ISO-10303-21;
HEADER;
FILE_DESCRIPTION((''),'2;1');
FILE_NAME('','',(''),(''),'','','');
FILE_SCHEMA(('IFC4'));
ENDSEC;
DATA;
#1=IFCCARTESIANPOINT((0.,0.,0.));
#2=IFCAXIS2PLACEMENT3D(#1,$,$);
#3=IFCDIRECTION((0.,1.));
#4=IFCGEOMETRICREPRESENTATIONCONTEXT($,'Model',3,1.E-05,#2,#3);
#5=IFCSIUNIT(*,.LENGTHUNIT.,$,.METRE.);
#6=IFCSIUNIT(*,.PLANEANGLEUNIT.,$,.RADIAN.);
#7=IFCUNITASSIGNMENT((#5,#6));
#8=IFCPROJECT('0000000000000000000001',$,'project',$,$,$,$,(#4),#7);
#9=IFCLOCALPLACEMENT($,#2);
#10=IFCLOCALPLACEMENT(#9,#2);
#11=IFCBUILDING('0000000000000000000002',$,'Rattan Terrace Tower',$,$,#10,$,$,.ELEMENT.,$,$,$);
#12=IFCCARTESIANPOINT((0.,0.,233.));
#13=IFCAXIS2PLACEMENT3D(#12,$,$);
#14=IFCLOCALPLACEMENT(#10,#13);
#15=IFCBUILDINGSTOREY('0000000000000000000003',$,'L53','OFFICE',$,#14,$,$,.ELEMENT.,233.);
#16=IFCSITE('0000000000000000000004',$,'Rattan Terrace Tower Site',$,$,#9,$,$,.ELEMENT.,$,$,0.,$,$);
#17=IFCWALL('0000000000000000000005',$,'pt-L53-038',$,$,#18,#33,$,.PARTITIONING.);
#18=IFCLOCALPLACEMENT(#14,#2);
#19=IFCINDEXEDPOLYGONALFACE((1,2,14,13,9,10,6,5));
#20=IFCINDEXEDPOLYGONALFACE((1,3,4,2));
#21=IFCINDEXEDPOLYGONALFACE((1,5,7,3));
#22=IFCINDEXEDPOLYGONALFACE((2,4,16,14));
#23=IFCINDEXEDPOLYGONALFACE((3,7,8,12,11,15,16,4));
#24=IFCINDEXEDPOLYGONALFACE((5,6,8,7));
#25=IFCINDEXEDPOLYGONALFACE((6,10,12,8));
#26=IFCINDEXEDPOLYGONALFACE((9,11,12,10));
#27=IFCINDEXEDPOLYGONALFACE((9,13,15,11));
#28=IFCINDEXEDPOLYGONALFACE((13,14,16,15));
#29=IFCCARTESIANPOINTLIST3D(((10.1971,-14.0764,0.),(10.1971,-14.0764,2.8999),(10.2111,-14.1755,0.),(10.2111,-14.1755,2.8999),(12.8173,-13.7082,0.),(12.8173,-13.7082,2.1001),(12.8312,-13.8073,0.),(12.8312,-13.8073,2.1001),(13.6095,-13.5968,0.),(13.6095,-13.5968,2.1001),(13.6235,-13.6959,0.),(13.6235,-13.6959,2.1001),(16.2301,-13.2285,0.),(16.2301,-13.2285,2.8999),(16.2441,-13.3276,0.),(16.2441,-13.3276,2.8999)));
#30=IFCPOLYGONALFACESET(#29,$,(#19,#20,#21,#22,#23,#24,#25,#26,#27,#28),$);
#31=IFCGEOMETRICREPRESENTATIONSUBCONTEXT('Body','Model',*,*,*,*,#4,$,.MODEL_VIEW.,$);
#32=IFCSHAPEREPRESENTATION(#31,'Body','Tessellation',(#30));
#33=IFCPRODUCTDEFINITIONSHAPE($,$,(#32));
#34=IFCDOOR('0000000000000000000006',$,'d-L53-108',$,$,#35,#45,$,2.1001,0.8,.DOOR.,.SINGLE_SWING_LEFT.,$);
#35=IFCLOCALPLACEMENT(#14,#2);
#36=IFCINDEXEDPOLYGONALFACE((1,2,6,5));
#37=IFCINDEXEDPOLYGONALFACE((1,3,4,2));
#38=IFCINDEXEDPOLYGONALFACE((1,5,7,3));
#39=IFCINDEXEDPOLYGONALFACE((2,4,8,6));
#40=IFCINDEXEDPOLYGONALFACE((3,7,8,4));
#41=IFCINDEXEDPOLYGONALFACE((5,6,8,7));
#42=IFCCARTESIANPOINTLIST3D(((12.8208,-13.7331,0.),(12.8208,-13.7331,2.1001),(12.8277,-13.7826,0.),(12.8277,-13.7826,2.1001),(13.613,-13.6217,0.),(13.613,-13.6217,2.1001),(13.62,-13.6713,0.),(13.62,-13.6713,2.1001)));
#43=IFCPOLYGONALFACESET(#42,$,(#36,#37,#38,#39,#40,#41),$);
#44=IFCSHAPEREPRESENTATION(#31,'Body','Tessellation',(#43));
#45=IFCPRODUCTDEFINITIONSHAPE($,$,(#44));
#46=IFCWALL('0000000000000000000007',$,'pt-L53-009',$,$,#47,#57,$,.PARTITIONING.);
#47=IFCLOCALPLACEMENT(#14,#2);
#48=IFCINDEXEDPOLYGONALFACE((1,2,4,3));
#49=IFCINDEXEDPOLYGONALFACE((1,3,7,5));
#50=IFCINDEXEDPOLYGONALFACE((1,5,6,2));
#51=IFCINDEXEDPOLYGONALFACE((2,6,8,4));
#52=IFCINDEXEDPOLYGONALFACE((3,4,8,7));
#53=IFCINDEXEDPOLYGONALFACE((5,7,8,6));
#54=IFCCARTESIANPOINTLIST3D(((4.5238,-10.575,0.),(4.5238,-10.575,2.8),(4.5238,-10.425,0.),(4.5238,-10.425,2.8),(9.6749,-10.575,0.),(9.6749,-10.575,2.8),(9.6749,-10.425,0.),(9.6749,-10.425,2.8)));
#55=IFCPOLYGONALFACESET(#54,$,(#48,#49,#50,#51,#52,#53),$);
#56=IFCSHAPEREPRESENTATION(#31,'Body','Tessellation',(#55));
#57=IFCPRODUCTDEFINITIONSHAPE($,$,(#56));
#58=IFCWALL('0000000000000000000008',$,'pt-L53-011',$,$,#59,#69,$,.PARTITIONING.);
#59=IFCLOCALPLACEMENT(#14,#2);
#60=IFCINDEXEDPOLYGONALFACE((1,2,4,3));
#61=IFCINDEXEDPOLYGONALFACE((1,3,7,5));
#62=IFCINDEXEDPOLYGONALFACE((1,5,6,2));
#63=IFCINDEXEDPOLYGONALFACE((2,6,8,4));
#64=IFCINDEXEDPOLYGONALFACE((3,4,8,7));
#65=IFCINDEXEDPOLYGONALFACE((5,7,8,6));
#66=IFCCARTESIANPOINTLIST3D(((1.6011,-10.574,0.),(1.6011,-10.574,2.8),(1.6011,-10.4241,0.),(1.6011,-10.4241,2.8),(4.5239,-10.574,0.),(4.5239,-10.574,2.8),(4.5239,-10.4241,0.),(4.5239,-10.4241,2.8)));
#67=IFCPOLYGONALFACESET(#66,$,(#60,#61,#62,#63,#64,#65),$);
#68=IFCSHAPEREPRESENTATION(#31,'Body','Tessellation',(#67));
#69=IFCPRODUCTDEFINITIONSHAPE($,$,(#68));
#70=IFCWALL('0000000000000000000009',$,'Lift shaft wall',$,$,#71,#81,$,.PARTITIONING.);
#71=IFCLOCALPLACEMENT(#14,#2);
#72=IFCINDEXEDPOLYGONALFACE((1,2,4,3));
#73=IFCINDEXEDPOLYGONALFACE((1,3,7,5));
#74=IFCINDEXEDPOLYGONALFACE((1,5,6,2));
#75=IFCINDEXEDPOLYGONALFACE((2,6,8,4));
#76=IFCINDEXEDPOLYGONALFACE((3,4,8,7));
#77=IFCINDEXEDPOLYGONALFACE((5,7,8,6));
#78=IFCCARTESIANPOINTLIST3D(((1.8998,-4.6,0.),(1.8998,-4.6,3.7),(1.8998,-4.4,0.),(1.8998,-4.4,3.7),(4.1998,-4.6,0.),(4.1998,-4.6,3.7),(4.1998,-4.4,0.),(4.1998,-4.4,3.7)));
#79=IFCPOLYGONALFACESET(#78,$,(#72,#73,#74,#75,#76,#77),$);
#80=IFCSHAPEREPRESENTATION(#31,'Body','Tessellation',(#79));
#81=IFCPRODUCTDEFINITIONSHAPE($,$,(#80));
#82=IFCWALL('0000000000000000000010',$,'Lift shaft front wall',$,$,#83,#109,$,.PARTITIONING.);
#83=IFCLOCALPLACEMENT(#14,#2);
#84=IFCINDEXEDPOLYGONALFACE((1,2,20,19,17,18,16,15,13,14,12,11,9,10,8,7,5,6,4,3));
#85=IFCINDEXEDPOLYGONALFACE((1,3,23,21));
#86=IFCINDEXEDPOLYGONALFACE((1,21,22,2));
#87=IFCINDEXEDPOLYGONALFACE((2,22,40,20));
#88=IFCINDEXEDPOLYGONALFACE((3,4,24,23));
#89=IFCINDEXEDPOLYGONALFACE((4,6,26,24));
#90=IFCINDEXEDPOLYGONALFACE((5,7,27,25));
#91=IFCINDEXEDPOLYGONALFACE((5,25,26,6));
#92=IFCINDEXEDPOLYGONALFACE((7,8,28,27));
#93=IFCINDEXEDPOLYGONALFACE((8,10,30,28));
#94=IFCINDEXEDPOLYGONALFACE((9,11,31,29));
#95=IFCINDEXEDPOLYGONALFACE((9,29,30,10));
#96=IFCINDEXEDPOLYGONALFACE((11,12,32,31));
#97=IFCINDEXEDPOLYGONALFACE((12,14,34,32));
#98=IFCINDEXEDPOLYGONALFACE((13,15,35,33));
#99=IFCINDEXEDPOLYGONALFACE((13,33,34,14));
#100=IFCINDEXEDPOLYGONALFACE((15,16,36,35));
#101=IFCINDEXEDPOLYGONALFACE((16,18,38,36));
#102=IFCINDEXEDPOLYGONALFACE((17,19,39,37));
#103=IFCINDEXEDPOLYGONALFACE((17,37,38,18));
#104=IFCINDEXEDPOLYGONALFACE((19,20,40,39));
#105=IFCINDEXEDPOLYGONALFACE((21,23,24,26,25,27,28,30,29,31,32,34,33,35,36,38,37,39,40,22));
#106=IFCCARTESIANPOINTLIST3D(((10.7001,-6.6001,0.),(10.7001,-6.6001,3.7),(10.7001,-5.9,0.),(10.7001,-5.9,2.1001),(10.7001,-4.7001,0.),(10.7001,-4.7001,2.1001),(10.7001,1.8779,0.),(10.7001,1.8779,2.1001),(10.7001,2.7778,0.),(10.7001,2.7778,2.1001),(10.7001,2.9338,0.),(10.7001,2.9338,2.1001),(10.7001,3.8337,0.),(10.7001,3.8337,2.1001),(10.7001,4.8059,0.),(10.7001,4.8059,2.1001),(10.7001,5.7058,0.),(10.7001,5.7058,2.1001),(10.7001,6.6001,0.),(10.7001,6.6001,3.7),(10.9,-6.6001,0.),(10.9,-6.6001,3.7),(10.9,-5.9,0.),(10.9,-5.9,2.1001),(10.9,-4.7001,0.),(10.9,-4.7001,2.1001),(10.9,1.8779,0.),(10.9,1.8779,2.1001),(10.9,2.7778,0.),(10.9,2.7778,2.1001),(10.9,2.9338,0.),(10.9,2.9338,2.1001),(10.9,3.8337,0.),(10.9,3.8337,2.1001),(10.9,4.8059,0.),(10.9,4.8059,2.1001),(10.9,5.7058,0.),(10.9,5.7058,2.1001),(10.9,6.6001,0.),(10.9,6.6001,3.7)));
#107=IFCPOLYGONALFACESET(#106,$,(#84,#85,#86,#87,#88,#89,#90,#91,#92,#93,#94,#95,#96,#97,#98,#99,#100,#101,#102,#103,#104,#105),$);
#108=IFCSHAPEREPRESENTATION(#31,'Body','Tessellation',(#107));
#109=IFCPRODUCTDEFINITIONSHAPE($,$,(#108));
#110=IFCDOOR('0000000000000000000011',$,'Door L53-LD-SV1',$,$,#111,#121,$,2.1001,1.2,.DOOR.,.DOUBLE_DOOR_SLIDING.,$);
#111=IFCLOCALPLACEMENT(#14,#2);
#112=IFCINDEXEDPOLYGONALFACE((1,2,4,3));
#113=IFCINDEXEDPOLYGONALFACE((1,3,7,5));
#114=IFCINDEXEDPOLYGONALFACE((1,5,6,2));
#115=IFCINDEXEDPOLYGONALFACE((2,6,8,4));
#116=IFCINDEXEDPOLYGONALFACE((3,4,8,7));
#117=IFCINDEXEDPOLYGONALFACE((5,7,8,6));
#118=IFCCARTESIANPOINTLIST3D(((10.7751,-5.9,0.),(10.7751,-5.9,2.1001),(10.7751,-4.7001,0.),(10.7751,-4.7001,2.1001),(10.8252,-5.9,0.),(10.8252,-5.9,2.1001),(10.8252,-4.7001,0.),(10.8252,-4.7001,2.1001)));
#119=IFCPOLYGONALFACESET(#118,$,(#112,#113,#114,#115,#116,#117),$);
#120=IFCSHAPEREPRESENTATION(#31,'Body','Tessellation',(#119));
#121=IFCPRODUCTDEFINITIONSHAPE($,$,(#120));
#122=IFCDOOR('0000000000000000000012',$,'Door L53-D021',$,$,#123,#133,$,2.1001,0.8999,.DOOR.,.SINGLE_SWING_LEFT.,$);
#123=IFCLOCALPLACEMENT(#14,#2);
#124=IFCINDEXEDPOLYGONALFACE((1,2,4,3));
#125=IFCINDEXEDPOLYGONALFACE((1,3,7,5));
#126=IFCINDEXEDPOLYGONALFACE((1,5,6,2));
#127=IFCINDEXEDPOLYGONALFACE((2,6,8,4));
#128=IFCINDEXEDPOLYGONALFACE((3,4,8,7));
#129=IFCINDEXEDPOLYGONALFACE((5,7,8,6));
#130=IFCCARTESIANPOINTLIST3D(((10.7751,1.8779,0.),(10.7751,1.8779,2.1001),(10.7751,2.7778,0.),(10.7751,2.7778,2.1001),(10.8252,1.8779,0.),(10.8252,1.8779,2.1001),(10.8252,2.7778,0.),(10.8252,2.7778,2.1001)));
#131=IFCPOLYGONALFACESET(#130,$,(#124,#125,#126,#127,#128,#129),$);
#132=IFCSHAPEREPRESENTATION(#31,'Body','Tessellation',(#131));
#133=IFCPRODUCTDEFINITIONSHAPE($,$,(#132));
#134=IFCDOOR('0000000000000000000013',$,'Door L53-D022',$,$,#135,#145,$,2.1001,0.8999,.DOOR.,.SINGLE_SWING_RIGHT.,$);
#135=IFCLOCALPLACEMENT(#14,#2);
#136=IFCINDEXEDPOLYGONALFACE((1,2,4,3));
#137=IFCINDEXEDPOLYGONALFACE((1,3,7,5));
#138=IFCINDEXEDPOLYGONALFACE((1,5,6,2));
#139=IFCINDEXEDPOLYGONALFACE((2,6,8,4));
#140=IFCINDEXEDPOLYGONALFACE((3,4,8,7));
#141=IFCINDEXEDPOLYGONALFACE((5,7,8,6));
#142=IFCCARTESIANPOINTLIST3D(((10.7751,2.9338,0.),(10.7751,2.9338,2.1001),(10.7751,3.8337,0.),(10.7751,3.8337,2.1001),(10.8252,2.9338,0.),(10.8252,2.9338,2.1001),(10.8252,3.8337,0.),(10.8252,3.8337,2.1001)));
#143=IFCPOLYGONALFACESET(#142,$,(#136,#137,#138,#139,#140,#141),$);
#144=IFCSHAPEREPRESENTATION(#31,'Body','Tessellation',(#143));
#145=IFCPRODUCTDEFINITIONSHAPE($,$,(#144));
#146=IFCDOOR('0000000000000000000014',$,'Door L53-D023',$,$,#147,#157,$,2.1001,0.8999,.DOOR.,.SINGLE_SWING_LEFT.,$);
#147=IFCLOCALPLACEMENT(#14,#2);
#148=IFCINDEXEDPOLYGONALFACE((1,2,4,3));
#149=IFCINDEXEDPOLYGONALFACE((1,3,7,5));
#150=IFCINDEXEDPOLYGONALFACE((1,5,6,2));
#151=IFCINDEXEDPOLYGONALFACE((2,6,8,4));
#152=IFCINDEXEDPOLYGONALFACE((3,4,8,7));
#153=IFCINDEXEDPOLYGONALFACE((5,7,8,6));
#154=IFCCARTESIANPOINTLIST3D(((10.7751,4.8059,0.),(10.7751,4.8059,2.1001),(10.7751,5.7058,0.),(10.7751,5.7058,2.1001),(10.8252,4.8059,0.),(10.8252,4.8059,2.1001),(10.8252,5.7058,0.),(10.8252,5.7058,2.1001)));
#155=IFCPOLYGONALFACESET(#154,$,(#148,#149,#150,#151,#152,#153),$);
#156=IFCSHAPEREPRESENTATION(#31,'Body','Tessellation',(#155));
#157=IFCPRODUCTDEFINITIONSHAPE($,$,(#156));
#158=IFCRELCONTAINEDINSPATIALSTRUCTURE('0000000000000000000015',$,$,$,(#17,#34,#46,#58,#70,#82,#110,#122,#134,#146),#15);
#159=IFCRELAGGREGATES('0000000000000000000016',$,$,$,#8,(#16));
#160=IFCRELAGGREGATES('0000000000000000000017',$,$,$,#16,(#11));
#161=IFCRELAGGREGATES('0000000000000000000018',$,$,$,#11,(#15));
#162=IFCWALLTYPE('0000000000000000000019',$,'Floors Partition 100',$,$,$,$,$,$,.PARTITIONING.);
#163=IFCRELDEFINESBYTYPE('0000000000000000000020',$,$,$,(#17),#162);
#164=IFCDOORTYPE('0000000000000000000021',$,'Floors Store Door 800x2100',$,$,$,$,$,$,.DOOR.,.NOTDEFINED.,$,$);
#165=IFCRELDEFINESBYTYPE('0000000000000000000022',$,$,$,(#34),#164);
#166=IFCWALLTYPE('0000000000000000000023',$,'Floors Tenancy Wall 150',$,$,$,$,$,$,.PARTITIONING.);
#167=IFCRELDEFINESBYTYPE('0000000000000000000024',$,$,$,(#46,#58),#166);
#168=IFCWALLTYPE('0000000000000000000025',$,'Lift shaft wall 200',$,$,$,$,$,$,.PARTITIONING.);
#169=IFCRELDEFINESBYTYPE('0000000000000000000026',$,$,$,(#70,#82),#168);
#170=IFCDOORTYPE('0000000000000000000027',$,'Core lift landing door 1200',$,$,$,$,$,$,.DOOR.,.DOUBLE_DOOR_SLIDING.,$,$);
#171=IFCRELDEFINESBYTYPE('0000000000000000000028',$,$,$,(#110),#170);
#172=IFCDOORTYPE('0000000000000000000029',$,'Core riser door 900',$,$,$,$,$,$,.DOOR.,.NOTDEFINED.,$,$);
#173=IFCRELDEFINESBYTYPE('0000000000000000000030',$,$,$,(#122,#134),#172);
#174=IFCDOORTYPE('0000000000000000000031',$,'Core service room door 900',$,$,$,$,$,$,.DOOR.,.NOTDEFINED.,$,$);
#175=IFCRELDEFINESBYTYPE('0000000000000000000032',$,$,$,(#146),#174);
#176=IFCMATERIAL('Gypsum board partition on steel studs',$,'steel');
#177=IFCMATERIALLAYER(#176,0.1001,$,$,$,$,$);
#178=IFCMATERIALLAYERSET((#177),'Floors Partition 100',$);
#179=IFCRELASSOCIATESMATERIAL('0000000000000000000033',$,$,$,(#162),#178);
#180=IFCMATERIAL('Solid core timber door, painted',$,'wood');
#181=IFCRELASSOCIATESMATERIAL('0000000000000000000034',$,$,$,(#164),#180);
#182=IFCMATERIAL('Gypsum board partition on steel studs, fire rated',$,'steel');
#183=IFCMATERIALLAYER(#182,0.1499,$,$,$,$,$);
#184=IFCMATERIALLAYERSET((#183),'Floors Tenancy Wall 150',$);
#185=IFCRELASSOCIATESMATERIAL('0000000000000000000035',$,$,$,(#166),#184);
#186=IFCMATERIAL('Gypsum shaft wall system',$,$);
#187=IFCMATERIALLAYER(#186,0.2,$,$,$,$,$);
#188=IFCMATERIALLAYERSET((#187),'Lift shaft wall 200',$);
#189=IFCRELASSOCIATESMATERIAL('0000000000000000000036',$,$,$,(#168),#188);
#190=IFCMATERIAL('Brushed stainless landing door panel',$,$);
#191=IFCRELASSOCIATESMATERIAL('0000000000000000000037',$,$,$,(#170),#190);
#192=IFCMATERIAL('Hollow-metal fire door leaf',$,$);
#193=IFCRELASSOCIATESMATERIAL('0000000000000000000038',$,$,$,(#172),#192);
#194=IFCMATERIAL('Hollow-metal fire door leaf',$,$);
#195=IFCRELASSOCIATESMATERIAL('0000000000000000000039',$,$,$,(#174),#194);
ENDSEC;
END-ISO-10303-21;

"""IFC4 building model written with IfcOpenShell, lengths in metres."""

from ifc_helpers import new_model, si_unit, direction, frame, frame_2d, origin, place, context, subcontext, project, spatial, rectangle, extrude, material, layer, layer_set, type_object, element, fill, save


model = new_model("IFC4")

# Units and contexts
model_context = context("Model", 3, precision=1e-05, world=origin(), true_north=direction((0.0, 1.0)))
body_context = subcontext(model_context, "Body", "Model", "MODEL_VIEW")
ifc_project = project(units=[si_unit("LENGTHUNIT", "METRE"), si_unit("PLANEANGLEUNIT", "RADIAN")], contexts=[model_context])

# Site, building, storey
site_placement = place(None, origin())
site = spatial("IfcSite", under=ifc_project, at=site_placement, Name="Rattan Terrace Tower Site", CompositionType="ELEMENT", RefElevation=0.0)
building_placement = place(site_placement, origin())
building = spatial("IfcBuilding", under=site, at=building_placement, Name="Rattan Terrace Tower", CompositionType="ELEMENT")
storey_placement = place(building_placement, frame((0.0, 0.0, 233.0)))
storey = spatial("IfcBuildingStorey", under=building, at=storey_placement, Name="L53", Description="OFFICE", CompositionType="ELEMENT", Elevation=233.0)

# Shared definitions
ifc_material_1 = material(Name="Gypsum board partition on steel studs", Category="steel")
ifc_layer_1 = layer(ifc_material_1, 0.1001)
ifc_layer_set_1 = layer_set([ifc_layer_1], Name="Floors Partition 100")
wall_type_1 = type_object("IfcWallType", Name="Floors Partition 100", PredefinedType="PARTITIONING", material=ifc_layer_set_1)

# Wall, opening, door
wall_1_placement = place(storey_placement, frame((10.2041, -14.126, 0.0), z_axis=(0.0, 0.0, 1.0), x_axis=(0.990268, 0.139177, 0.0)))
wall_1 = element("IfcWall", 1, at=wall_1_placement, inside=storey, type_object=wall_type_1, Name="pt-L53-038", PredefinedType="PARTITIONING", context=body_context, shape_type="SweptSolid", body=[
    extrude(rectangle(XDim=6.0923, YDim=0.1001, at=frame_2d((3.0461, 0.0))), origin(), (0.0, 0.0, 1.0), 2.8999),
])
opening_1_placement = place(wall_1_placement, frame((2.646, 0.0, 0.0)))
opening_1 = element("IfcOpeningElement", 2, at=opening_1_placement, cuts=wall_1, PredefinedType="OPENING", context=body_context, shape_type="SweptSolid", body=[
    extrude(rectangle(XDim=0.8, YDim=2.1001, at=frame_2d((0.3999, 1.05))), frame((0.0, 0.0605, 0.0), z_axis=(0.0, -1.0, 0.0), x_axis=(1.0, 0.0, 0.0)), (0.0, 0.0, 1.0), 0.1211),
])
ifc_material_2 = material(Name="Solid core timber door, painted", Category="wood")
door_type_1 = type_object("IfcDoorType", Name="Floors Store Door 800x2100", OperationType="NOTDEFINED", PredefinedType="DOOR", material=ifc_material_2)
door_1_placement = place(opening_1_placement, origin())
door_1 = element("IfcDoor", 3, at=door_1_placement, inside=storey, type_object=door_type_1, Name="d-L53-108", OperationType="SINGLE_SWING_LEFT", OverallHeight=2.1001, OverallWidth=0.8, PredefinedType="DOOR", context=body_context, shape_type="SweptSolid", body=[
    extrude(rectangle(XDim=0.8, YDim=2.1001, at=frame_2d((0.3999, 1.05))), frame((0.0, 0.0249, 0.0), z_axis=(0.0, -1.0, 0.0), x_axis=(1.0, 0.0, 0.0)), (0.0, 0.0, 1.0), 0.05),
])
fill(opening_1, door_1)

# Walls
ifc_material_3 = material(Name="Gypsum board partition on steel studs, fire rated", Category="steel")
ifc_layer_2 = layer(ifc_material_3, 0.1499)
ifc_layer_set_2 = layer_set([ifc_layer_2], Name="Floors Tenancy Wall 150")
wall_type_2 = type_object("IfcWallType", Name="Floors Tenancy Wall 150", PredefinedType="PARTITIONING", material=ifc_layer_set_2)
wall_2_placement = place(storey_placement, frame((9.675, -10.5, 0.0), z_axis=(0.0, 0.0, 1.0), x_axis=(-1.0, 0.0, 0.0)))
element("IfcWall", 4, at=wall_2_placement, inside=storey, type_object=wall_type_2, Name="pt-L53-009", PredefinedType="PARTITIONING", context=body_context, shape_type="SweptSolid", body=[
    extrude(rectangle(XDim=5.1511, YDim=0.1499, at=frame_2d((2.5757, 0.0))), origin(), (0.0, 0.0, 1.0), 2.8),
])
wall_3_placement = place(storey_placement, frame((4.5239, -10.499, 0.0), z_axis=(0.0, 0.0, 1.0), x_axis=(-1.0, 0.0, 0.0)))
element("IfcWall", 5, at=wall_3_placement, inside=storey, type_object=wall_type_2, Name="pt-L53-011", PredefinedType="PARTITIONING", context=body_context, shape_type="SweptSolid", body=[
    extrude(rectangle(XDim=2.9229, YDim=0.1499, at=frame_2d((1.4614, 0.0))), origin(), (0.0, 0.0, 1.0), 2.8),
])
ifc_material_4 = material(Name="Gypsum shaft wall system")
ifc_layer_3 = layer(ifc_material_4, 0.2)
ifc_layer_set_3 = layer_set([ifc_layer_3], Name="Lift shaft wall 200")
wall_type_3 = type_object("IfcWallType", Name="Lift shaft wall 200", PredefinedType="PARTITIONING", material=ifc_layer_set_3)
wall_4_placement = place(storey_placement, frame((1.8999, -4.5, 0.0), z_axis=(0.0, 0.0, 1.0), x_axis=(1.0, 0.0, 0.0)))
element("IfcWall", 6, at=wall_4_placement, inside=storey, type_object=wall_type_3, Name="Lift shaft wall", PredefinedType="PARTITIONING", context=body_context, shape_type="SweptSolid", body=[
    extrude(rectangle(XDim=2.3, YDim=0.2, at=frame_2d((1.1499, 0.0))), origin(), (0.0, 0.0, 1.0), 3.7),
])

# Wall, openings, doors
wall_5_placement = place(storey_placement, frame((10.8, -6.6001, 0.0), z_axis=(0.0, 0.0, 1.0), x_axis=(0.0, 1.0, 0.0)))
wall_5 = element("IfcWall", 7, at=wall_5_placement, inside=storey, type_object=wall_type_3, Name="Lift shaft front wall", PredefinedType="PARTITIONING", context=body_context, shape_type="SweptSolid", body=[
    extrude(rectangle(XDim=13.2002, YDim=0.2, at=frame_2d((6.6001, 0.0))), origin(), (0.0, 0.0, 1.0), 3.7),
])
opening_2_placement = place(wall_5_placement, frame((0.7, 0.0, 0.0)))
opening_2 = element("IfcOpeningElement", 8, at=opening_2_placement, cuts=wall_5, PredefinedType="OPENING", context=body_context, shape_type="SweptSolid", body=[
    extrude(rectangle(XDim=1.2, YDim=2.1001, at=frame_2d((0.6001, 1.05))), frame((0.0, 0.1106, 0.0), z_axis=(0.0, -1.0, 0.0), x_axis=(1.0, 0.0, 0.0)), (0.0, 0.0, 1.0), 0.2209),
])
opening_3_placement = place(wall_5_placement, frame((8.478, 0.0, 0.0)))
opening_3 = element("IfcOpeningElement", 9, at=opening_3_placement, cuts=wall_5, PredefinedType="OPENING", context=body_context, shape_type="SweptSolid", body=[
    extrude(rectangle(XDim=0.8999, YDim=2.1001, at=frame_2d((0.45, 1.05))), frame((0.0, 0.1106, 0.0), z_axis=(0.0, -1.0, 0.0), x_axis=(1.0, 0.0, 0.0)), (0.0, 0.0, 1.0), 0.2209),
])
opening_4_placement = place(wall_5_placement, frame((9.5339, 0.0, 0.0)))
opening_4 = element("IfcOpeningElement", 10, at=opening_4_placement, cuts=wall_5, PredefinedType="OPENING", context=body_context, shape_type="SweptSolid", body=[
    extrude(rectangle(XDim=0.8999, YDim=2.1001, at=frame_2d((0.45, 1.05))), frame((0.0, 0.1106, 0.0), z_axis=(0.0, -1.0, 0.0), x_axis=(1.0, 0.0, 0.0)), (0.0, 0.0, 1.0), 0.2209),
])
opening_5_placement = place(wall_5_placement, frame((11.406, 0.0, 0.0)))
opening_5 = element("IfcOpeningElement", 11, at=opening_5_placement, cuts=wall_5, PredefinedType="OPENING", context=body_context, shape_type="SweptSolid", body=[
    extrude(rectangle(XDim=0.8999, YDim=2.1001, at=frame_2d((0.45, 1.05))), frame((0.0, 0.1106, 0.0), z_axis=(0.0, -1.0, 0.0), x_axis=(1.0, 0.0, 0.0)), (0.0, 0.0, 1.0), 0.2209),
])
ifc_material_5 = material(Name="Brushed stainless landing door panel")
door_type_2 = type_object("IfcDoorType", Name="Core lift landing door 1200", OperationType="DOUBLE_DOOR_SLIDING", PredefinedType="DOOR", material=ifc_material_5)
door_2_placement = place(opening_2_placement, origin())
door_2 = element("IfcDoor", 12, at=door_2_placement, inside=storey, type_object=door_type_2, Name="Door L53-LD-SV1", OperationType="DOUBLE_DOOR_SLIDING", OverallHeight=2.1001, OverallWidth=1.2, PredefinedType="DOOR", context=body_context, shape_type="SweptSolid", body=[
    extrude(rectangle(XDim=1.2, YDim=2.1001, at=frame_2d((0.6001, 1.05))), frame((0.0, 0.0249, 0.0), z_axis=(0.0, -1.0, 0.0), x_axis=(1.0, 0.0, 0.0)), (0.0, 0.0, 1.0), 0.05),
])
fill(opening_2, door_2)
ifc_material_6 = material(Name="Hollow-metal fire door leaf")
door_type_3 = type_object("IfcDoorType", Name="Core riser door 900", OperationType="NOTDEFINED", PredefinedType="DOOR", material=ifc_material_6)
door_3_placement = place(opening_3_placement, origin())
door_3 = element("IfcDoor", 13, at=door_3_placement, inside=storey, type_object=door_type_3, Name="Door L53-D021", OperationType="SINGLE_SWING_LEFT", OverallHeight=2.1001, OverallWidth=0.8999, PredefinedType="DOOR", context=body_context, shape_type="SweptSolid", body=[
    extrude(rectangle(XDim=0.8999, YDim=2.1001, at=frame_2d((0.45, 1.05))), frame((0.0, 0.0249, 0.0), z_axis=(0.0, -1.0, 0.0), x_axis=(1.0, 0.0, 0.0)), (0.0, 0.0, 1.0), 0.05),
])
fill(opening_3, door_3)
door_4_placement = place(opening_4_placement, origin())
door_4 = element("IfcDoor", 14, at=door_4_placement, inside=storey, type_object=door_type_3, Name="Door L53-D022", OperationType="SINGLE_SWING_RIGHT", OverallHeight=2.1001, OverallWidth=0.8999, PredefinedType="DOOR", context=body_context, shape_type="SweptSolid", body=[
    extrude(rectangle(XDim=0.8999, YDim=2.1001, at=frame_2d((0.45, 1.05))), frame((0.0, 0.0249, 0.0), z_axis=(0.0, -1.0, 0.0), x_axis=(1.0, 0.0, 0.0)), (0.0, 0.0, 1.0), 0.05),
])
fill(opening_4, door_4)
ifc_material_7 = material(Name="Hollow-metal fire door leaf")
door_type_4 = type_object("IfcDoorType", Name="Core service room door 900", OperationType="NOTDEFINED", PredefinedType="DOOR", material=ifc_material_7)
door_5_placement = place(opening_5_placement, origin())
door_5 = element("IfcDoor", 15, at=door_5_placement, inside=storey, type_object=door_type_4, Name="Door L53-D023", OperationType="SINGLE_SWING_LEFT", OverallHeight=2.1001, OverallWidth=0.8999, PredefinedType="DOOR", context=body_context, shape_type="SweptSolid", body=[
    extrude(rectangle(XDim=0.8999, YDim=2.1001, at=frame_2d((0.45, 1.05))), frame((0.0, 0.0249, 0.0), z_axis=(0.0, -1.0, 0.0), x_axis=(1.0, 0.0, 0.0)), (0.0, 0.0, 1.0), 0.05),
])
fill(opening_5, door_5)

save(model, "model.ifc")
